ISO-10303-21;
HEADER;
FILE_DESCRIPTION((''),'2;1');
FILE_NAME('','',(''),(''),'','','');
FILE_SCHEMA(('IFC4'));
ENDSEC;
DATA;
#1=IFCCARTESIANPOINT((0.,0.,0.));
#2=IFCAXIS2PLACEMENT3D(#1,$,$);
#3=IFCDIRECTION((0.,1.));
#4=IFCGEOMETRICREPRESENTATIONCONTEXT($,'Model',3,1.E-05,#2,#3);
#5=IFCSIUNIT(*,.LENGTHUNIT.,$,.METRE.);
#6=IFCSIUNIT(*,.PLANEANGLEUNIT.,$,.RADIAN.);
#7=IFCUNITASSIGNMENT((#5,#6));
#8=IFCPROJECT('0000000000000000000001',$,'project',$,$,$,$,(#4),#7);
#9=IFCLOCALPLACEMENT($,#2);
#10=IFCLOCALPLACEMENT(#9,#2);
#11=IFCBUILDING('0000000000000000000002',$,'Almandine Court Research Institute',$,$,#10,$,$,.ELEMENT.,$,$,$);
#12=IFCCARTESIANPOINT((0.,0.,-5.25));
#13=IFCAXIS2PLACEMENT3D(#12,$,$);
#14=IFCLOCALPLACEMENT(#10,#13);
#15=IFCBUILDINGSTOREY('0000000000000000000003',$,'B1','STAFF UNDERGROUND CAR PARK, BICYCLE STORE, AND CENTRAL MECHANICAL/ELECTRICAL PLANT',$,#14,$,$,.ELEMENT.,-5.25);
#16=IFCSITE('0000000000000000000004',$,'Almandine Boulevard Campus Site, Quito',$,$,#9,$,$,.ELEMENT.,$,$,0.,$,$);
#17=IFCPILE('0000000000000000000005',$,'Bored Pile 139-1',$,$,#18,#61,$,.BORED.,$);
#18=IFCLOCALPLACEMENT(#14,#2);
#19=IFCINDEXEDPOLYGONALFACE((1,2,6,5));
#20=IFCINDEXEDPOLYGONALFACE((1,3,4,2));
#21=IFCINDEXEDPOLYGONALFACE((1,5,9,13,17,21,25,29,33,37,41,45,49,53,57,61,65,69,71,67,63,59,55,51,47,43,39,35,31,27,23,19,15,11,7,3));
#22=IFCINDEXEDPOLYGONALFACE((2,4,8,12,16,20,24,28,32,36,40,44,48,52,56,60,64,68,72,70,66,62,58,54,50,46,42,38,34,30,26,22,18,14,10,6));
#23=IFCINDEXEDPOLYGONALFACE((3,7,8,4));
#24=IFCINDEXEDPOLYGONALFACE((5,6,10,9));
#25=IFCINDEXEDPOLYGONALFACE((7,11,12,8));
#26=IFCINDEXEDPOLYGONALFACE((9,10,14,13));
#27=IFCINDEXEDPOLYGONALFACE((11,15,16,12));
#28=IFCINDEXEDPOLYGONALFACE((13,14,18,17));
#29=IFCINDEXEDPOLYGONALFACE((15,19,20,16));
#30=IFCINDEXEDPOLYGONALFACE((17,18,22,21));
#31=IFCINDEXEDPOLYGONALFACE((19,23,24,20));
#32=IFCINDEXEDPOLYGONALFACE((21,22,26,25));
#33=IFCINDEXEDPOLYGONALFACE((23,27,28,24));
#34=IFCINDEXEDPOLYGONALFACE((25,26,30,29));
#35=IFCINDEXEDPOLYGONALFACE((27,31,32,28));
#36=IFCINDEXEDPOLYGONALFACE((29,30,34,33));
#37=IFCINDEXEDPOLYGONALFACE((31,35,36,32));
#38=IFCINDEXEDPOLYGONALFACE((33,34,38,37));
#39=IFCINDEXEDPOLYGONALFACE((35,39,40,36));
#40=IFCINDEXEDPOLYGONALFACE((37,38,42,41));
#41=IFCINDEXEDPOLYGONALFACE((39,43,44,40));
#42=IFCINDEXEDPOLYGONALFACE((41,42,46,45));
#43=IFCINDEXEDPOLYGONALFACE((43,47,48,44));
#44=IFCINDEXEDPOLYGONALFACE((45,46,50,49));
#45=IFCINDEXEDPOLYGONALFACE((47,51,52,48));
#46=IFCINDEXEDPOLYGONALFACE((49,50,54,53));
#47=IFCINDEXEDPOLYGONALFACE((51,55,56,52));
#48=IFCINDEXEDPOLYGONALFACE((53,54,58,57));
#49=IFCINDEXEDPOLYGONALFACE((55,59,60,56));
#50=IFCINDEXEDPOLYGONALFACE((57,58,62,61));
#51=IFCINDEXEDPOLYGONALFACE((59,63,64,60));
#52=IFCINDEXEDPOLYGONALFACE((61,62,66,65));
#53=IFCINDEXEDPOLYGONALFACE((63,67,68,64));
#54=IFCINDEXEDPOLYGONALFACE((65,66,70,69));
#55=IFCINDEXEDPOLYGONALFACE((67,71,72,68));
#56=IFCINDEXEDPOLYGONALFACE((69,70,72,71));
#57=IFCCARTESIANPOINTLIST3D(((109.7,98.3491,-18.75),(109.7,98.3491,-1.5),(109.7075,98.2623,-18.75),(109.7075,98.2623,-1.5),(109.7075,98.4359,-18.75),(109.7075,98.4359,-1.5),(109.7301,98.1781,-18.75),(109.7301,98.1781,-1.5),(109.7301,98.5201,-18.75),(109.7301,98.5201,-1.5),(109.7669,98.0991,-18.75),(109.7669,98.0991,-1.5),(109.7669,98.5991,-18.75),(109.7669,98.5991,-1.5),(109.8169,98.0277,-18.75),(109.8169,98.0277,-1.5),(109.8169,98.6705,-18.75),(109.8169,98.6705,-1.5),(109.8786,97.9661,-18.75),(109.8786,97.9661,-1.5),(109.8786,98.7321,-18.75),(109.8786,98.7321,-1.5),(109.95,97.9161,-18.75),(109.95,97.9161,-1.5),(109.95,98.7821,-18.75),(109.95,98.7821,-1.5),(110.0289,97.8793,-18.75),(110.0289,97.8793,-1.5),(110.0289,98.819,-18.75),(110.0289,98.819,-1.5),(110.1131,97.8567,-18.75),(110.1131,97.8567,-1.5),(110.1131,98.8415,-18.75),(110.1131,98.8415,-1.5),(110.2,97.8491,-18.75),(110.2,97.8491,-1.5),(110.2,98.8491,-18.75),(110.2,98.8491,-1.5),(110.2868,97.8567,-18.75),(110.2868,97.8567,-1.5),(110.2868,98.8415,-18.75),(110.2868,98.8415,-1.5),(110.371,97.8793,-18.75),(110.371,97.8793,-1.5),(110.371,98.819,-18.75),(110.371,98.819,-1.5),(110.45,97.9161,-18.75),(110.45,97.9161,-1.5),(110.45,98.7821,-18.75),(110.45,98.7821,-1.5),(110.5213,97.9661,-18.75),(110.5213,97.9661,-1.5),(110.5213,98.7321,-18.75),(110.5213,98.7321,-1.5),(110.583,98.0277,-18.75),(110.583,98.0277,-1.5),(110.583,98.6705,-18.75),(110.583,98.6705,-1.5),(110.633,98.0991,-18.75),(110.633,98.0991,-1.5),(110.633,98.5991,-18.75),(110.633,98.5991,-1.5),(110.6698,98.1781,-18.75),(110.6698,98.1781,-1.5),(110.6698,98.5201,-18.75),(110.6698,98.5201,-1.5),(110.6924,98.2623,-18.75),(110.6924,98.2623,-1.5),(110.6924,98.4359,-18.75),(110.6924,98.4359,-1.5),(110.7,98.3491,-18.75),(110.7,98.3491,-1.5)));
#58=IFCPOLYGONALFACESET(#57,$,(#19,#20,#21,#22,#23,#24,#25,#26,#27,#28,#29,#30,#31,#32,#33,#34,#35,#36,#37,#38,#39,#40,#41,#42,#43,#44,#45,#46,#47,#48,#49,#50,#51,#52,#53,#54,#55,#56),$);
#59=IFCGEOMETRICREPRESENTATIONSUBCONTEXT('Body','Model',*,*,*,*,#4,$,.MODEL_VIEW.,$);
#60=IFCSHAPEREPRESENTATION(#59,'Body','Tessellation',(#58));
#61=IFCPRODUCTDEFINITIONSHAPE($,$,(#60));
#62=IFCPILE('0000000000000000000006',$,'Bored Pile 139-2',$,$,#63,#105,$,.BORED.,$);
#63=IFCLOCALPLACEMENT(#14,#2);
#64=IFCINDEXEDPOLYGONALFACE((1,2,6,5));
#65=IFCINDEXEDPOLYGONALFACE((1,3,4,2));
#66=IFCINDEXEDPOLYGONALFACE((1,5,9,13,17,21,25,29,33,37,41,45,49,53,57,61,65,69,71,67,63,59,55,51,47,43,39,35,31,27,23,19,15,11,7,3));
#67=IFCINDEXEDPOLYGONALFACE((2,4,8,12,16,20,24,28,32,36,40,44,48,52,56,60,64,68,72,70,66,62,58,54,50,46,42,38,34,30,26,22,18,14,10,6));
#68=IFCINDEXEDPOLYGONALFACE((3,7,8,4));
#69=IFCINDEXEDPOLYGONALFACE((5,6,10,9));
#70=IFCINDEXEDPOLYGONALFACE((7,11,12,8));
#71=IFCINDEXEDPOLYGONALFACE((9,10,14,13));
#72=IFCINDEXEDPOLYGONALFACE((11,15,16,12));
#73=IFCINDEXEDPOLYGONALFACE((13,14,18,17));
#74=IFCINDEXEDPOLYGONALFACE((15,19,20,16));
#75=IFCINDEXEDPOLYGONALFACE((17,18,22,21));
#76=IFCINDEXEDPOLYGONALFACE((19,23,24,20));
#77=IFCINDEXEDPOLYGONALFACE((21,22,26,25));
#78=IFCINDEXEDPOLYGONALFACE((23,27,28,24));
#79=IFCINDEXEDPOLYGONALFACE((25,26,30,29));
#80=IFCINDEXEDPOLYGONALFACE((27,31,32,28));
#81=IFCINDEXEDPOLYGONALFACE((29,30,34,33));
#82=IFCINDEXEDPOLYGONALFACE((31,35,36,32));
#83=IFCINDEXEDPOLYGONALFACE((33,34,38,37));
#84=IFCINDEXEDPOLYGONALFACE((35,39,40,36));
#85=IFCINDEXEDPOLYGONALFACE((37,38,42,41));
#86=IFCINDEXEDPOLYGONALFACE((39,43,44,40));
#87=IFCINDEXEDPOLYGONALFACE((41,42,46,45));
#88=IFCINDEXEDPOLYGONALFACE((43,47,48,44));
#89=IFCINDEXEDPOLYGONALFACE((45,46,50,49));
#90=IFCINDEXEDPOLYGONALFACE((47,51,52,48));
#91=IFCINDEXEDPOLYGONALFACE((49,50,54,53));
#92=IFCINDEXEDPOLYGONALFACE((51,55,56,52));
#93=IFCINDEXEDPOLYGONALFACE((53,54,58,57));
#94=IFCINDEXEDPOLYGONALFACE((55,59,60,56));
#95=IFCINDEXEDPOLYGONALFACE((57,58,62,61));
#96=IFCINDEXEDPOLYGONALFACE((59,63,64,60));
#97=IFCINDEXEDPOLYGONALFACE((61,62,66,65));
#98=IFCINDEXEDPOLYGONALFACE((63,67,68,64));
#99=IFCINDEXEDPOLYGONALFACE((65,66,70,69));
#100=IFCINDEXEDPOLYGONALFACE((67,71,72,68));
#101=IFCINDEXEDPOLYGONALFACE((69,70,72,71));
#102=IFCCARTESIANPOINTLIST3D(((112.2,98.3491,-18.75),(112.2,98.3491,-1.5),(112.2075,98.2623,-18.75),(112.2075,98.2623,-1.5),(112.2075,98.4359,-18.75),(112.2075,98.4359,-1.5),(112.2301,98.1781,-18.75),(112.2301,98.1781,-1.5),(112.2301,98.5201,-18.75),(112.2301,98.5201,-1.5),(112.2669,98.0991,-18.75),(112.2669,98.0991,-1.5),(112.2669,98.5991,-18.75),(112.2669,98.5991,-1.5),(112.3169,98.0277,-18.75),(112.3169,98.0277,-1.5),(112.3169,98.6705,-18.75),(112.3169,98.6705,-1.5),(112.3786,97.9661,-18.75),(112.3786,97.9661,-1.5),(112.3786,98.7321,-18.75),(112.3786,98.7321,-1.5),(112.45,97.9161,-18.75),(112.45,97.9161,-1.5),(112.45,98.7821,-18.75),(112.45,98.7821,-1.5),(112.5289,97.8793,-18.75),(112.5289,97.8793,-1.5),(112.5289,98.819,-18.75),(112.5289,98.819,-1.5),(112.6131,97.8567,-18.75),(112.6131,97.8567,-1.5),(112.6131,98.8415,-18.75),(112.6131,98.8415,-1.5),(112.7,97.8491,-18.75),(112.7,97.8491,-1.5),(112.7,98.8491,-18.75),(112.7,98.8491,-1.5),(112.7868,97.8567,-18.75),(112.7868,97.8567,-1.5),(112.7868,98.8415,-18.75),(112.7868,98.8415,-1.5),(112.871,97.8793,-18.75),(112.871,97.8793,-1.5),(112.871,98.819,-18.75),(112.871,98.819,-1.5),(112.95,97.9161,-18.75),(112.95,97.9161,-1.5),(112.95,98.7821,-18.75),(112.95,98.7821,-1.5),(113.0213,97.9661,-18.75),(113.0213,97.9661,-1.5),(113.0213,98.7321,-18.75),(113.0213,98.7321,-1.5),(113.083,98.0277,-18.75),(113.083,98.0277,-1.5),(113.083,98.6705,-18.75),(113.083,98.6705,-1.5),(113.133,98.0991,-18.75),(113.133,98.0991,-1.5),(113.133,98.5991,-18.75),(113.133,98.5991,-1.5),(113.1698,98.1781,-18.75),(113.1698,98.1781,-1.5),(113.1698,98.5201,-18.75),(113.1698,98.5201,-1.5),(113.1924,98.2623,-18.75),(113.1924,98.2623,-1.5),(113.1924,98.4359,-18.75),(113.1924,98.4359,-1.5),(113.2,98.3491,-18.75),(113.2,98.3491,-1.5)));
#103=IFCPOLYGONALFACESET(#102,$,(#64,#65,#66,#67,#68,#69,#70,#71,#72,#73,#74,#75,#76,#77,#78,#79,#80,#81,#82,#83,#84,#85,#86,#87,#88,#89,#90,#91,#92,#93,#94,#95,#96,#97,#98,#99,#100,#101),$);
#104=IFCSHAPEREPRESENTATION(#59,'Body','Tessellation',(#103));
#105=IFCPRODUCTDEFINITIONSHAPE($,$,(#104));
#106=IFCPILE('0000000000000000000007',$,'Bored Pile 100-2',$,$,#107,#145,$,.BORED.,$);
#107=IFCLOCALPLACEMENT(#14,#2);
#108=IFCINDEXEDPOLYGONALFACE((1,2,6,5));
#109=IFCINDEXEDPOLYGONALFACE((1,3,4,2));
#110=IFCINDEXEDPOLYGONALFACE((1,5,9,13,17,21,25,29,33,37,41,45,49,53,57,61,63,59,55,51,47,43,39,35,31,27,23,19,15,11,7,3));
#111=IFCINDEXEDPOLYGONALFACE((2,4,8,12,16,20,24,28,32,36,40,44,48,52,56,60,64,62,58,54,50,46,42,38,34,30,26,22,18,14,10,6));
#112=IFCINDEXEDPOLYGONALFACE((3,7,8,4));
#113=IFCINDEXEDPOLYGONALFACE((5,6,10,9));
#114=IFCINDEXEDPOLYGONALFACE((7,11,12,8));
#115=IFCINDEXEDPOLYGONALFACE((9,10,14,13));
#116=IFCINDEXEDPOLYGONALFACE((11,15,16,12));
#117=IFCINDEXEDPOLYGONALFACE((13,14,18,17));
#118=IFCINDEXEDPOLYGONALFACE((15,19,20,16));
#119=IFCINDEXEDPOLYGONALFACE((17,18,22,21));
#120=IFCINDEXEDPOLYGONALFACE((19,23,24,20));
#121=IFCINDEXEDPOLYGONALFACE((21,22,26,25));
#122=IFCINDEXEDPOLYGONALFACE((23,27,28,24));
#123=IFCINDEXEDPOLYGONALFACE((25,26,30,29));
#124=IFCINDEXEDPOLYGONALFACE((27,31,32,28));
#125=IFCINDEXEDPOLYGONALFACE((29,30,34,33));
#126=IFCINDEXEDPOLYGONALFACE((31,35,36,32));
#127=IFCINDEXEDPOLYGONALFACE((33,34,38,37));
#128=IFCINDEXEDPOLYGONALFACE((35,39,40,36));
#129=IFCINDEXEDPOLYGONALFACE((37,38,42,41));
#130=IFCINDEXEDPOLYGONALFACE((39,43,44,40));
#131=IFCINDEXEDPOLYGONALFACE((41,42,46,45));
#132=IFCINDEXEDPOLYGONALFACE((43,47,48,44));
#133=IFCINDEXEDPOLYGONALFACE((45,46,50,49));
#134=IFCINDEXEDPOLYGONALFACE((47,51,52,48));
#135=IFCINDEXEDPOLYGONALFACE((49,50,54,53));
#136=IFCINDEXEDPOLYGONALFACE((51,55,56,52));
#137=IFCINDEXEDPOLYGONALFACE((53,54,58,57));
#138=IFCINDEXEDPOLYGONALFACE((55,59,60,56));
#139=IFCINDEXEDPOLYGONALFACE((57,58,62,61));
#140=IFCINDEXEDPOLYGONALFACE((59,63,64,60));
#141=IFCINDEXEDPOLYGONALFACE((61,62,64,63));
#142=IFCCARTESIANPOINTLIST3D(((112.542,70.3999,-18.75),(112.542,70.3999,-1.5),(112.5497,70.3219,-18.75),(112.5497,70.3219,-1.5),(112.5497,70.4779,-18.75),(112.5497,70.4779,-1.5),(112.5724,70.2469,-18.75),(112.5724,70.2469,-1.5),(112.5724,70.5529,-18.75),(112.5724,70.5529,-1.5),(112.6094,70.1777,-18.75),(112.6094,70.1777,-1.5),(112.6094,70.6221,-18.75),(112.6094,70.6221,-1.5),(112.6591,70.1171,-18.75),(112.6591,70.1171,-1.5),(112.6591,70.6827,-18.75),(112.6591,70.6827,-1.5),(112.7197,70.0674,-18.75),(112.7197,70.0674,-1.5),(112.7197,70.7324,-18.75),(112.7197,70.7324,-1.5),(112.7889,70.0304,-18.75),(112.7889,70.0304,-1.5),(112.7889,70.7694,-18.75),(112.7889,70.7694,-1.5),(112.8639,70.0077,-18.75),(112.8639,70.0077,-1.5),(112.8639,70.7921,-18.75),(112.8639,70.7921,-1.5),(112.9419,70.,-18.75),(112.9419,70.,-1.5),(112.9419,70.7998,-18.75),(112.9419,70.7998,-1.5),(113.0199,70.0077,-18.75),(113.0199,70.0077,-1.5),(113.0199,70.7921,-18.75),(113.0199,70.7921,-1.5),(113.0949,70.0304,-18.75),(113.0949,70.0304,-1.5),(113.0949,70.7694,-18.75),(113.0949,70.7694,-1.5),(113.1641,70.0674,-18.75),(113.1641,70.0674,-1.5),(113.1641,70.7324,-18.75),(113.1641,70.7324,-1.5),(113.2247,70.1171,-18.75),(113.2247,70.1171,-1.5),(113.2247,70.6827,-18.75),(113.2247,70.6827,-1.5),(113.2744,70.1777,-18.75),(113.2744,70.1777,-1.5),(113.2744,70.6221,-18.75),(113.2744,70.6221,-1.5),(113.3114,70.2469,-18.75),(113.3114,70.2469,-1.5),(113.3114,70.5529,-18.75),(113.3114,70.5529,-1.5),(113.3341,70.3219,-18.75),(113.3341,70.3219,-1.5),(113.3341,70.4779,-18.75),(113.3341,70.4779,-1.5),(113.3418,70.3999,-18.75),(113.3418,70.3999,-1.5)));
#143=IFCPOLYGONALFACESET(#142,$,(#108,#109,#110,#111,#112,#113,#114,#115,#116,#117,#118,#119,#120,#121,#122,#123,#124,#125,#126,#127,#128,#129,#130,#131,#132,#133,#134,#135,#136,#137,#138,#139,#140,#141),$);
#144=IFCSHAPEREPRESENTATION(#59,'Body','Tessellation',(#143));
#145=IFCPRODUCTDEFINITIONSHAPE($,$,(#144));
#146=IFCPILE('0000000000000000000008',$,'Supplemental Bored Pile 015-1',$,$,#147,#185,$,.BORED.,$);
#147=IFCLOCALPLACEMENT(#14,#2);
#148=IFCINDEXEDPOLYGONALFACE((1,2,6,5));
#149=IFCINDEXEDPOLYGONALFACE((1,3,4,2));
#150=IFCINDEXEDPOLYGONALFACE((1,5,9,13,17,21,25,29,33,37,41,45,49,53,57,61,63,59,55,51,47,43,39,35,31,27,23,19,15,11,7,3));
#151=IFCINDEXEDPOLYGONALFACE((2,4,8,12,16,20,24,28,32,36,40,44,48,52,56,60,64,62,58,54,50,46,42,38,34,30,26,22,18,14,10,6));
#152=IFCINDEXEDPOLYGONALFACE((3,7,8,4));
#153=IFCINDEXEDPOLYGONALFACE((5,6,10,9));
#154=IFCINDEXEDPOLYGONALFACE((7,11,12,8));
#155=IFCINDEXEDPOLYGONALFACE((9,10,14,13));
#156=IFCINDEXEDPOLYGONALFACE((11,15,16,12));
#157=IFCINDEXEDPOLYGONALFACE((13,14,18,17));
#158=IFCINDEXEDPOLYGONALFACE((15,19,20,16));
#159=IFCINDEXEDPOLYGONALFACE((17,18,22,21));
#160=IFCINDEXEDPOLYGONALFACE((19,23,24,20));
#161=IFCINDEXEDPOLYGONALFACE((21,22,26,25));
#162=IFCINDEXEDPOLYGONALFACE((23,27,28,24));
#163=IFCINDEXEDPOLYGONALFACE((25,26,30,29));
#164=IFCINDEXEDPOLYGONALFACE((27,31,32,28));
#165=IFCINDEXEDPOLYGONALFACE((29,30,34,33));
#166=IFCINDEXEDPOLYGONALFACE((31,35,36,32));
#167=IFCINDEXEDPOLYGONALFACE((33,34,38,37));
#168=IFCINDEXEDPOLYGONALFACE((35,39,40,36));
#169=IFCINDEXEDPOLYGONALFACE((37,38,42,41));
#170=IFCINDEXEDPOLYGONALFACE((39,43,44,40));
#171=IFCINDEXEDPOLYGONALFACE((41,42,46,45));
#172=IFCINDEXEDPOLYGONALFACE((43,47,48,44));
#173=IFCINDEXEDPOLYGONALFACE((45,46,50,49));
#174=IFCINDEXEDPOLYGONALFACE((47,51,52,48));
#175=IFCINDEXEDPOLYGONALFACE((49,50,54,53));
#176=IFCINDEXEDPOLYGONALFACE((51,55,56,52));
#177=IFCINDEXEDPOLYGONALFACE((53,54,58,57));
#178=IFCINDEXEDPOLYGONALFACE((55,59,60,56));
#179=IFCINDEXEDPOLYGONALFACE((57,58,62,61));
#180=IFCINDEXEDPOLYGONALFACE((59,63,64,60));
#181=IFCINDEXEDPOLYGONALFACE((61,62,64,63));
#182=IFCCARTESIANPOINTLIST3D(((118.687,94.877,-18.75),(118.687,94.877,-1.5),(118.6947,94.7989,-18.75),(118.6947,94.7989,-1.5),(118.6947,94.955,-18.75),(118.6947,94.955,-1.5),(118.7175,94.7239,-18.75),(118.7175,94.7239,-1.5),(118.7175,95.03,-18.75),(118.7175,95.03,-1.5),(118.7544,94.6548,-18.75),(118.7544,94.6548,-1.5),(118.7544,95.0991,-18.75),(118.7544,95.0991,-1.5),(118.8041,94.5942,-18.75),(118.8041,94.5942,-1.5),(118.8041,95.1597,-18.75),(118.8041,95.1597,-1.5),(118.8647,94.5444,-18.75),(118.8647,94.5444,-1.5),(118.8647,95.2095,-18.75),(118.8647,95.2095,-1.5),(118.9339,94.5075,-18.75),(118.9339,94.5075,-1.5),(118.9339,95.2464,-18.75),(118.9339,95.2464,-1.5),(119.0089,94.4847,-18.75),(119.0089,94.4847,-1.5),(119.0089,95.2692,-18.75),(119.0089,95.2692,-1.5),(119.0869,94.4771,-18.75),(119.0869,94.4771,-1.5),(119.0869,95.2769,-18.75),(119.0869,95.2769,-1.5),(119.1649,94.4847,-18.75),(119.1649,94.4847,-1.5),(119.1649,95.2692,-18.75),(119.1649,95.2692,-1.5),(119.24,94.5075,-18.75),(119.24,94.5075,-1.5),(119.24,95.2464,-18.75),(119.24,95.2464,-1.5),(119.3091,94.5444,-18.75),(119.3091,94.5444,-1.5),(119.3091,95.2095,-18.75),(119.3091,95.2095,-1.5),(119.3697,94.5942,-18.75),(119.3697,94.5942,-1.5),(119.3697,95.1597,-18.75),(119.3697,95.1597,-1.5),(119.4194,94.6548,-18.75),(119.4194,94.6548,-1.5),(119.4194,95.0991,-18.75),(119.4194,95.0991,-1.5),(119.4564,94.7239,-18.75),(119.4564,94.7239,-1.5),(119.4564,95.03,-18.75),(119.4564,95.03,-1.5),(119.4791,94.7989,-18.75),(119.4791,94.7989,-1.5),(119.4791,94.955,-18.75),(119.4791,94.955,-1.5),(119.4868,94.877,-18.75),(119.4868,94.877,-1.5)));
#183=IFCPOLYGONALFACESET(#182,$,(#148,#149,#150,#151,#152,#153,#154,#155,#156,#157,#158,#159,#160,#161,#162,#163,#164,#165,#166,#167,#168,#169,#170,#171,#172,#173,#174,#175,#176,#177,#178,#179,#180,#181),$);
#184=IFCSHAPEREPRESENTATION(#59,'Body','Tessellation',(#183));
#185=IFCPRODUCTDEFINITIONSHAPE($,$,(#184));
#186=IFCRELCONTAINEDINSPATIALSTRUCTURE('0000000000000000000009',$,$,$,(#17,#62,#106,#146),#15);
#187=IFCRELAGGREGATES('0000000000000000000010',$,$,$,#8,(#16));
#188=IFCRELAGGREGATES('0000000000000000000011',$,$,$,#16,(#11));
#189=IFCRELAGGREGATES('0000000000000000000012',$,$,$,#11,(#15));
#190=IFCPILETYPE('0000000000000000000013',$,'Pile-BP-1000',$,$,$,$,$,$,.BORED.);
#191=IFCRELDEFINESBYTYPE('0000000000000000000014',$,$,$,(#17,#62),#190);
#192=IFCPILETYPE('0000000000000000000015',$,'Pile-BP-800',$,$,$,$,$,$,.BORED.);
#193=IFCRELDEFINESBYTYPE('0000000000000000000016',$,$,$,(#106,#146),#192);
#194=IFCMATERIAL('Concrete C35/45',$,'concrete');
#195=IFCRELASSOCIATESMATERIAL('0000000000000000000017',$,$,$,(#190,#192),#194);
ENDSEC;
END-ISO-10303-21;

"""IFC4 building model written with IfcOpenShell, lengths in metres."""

from ifc_helpers import new_model, si_unit, direction, frame, origin, origin_2d, place, context, subcontext, project, spatial, circle, extrude, material, material_profile, profile_set, type_object, element, save


model = new_model("IFC4")

# Units and contexts
model_context = context("Model", 3, precision=1e-05, world=origin(), true_north=direction((0.0, 1.0)))
body_context = subcontext(model_context, "Body", "Model", "MODEL_VIEW")
ifc_project = project(units=[si_unit("LENGTHUNIT", "METRE"), si_unit("PLANEANGLEUNIT", "RADIAN")], contexts=[model_context])

# Site, building, storey
site_placement = place(None, origin())
site = spatial("IfcSite", under=ifc_project, at=site_placement, Name="Almandine Boulevard Campus Site, Quito", CompositionType="ELEMENT", RefElevation=0.0)
building_placement = place(site_placement, origin())
building = spatial("IfcBuilding", under=site, at=building_placement, Name="Almandine Court Research Institute", CompositionType="ELEMENT")
storey_placement = place(building_placement, frame((0.0, 0.0, -5.25)))
storey = spatial("IfcBuildingStorey", under=building, at=storey_placement, Name="B1", Description="STAFF UNDERGROUND CAR PARK, BICYCLE STORE, AND CENTRAL MECHANICAL/ELECTRICAL PLANT", CompositionType="ELEMENT", Elevation=-5.25)

# Shared definitions
ifc_material_1 = material(Name="Concrete C35/45", Category="concrete")

# Piles
ifc_material_profile_1 = material_profile(ifc_material_1, circle(Radius=0.5, at=origin_2d()), Name="BORED PILE D1000")
ifc_profile_set_1 = profile_set([ifc_material_profile_1], Name="Concrete C35/45")
pile_type_1 = type_object("IfcPileType", Name="Pile-BP-1000", PredefinedType="BORED", material=ifc_profile_set_1)
for number, where, z_axis, x_axis, name in (
    (1, (110.2, 98.3491, -1.5), (0.0, 0.0, -1.0), (1.0, 0.0, 0.0), "Bored Pile 139-1"),
    (2, (112.7, 98.3491, -1.5), (0.0, 0.0, -1.0), (1.0, 0.0, 0.0), "Bored Pile 139-2"),
):
    element("IfcPile", number, at=place(storey_placement, frame(where, z_axis=z_axis, x_axis=x_axis)), inside=storey, type_object=pile_type_1, Name=name, PredefinedType="BORED", context=body_context, shape_type="SweptSolid", body=[
        extrude(circle(Radius=0.5, at=origin_2d()), origin(), (0.0, 0.0, 1.0), 17.25),
    ])
ifc_material_profile_2 = material_profile(ifc_material_1, circle(Radius=0.3999, at=origin_2d()), Name="BORED PILE D800")
ifc_profile_set_2 = profile_set([ifc_material_profile_2], Name="Concrete C35/45")
pile_type_2 = type_object("IfcPileType", Name="Pile-BP-800", PredefinedType="BORED", material=ifc_profile_set_2)
for number, where, z_axis, x_axis, name in (
    (3, (112.9419, 70.3999, -1.5), (0.0, 0.0, -1.0), (1.0, 0.0, 0.0), "Bored Pile 100-2"),
    (4, (119.0869, 94.877, -1.5), (0.0, 0.0, -1.0), (1.0, 0.0, 0.0), "Supplemental Bored Pile 015-1"),
):
    element("IfcPile", number, at=place(storey_placement, frame(where, z_axis=z_axis, x_axis=x_axis)), inside=storey, type_object=pile_type_2, Name=name, PredefinedType="BORED", context=body_context, shape_type="SweptSolid", body=[
        extrude(circle(Radius=0.3999, at=origin_2d()), origin(), (0.0, 0.0, 1.0), 17.25),
    ])

save(model, "model.ifc")
